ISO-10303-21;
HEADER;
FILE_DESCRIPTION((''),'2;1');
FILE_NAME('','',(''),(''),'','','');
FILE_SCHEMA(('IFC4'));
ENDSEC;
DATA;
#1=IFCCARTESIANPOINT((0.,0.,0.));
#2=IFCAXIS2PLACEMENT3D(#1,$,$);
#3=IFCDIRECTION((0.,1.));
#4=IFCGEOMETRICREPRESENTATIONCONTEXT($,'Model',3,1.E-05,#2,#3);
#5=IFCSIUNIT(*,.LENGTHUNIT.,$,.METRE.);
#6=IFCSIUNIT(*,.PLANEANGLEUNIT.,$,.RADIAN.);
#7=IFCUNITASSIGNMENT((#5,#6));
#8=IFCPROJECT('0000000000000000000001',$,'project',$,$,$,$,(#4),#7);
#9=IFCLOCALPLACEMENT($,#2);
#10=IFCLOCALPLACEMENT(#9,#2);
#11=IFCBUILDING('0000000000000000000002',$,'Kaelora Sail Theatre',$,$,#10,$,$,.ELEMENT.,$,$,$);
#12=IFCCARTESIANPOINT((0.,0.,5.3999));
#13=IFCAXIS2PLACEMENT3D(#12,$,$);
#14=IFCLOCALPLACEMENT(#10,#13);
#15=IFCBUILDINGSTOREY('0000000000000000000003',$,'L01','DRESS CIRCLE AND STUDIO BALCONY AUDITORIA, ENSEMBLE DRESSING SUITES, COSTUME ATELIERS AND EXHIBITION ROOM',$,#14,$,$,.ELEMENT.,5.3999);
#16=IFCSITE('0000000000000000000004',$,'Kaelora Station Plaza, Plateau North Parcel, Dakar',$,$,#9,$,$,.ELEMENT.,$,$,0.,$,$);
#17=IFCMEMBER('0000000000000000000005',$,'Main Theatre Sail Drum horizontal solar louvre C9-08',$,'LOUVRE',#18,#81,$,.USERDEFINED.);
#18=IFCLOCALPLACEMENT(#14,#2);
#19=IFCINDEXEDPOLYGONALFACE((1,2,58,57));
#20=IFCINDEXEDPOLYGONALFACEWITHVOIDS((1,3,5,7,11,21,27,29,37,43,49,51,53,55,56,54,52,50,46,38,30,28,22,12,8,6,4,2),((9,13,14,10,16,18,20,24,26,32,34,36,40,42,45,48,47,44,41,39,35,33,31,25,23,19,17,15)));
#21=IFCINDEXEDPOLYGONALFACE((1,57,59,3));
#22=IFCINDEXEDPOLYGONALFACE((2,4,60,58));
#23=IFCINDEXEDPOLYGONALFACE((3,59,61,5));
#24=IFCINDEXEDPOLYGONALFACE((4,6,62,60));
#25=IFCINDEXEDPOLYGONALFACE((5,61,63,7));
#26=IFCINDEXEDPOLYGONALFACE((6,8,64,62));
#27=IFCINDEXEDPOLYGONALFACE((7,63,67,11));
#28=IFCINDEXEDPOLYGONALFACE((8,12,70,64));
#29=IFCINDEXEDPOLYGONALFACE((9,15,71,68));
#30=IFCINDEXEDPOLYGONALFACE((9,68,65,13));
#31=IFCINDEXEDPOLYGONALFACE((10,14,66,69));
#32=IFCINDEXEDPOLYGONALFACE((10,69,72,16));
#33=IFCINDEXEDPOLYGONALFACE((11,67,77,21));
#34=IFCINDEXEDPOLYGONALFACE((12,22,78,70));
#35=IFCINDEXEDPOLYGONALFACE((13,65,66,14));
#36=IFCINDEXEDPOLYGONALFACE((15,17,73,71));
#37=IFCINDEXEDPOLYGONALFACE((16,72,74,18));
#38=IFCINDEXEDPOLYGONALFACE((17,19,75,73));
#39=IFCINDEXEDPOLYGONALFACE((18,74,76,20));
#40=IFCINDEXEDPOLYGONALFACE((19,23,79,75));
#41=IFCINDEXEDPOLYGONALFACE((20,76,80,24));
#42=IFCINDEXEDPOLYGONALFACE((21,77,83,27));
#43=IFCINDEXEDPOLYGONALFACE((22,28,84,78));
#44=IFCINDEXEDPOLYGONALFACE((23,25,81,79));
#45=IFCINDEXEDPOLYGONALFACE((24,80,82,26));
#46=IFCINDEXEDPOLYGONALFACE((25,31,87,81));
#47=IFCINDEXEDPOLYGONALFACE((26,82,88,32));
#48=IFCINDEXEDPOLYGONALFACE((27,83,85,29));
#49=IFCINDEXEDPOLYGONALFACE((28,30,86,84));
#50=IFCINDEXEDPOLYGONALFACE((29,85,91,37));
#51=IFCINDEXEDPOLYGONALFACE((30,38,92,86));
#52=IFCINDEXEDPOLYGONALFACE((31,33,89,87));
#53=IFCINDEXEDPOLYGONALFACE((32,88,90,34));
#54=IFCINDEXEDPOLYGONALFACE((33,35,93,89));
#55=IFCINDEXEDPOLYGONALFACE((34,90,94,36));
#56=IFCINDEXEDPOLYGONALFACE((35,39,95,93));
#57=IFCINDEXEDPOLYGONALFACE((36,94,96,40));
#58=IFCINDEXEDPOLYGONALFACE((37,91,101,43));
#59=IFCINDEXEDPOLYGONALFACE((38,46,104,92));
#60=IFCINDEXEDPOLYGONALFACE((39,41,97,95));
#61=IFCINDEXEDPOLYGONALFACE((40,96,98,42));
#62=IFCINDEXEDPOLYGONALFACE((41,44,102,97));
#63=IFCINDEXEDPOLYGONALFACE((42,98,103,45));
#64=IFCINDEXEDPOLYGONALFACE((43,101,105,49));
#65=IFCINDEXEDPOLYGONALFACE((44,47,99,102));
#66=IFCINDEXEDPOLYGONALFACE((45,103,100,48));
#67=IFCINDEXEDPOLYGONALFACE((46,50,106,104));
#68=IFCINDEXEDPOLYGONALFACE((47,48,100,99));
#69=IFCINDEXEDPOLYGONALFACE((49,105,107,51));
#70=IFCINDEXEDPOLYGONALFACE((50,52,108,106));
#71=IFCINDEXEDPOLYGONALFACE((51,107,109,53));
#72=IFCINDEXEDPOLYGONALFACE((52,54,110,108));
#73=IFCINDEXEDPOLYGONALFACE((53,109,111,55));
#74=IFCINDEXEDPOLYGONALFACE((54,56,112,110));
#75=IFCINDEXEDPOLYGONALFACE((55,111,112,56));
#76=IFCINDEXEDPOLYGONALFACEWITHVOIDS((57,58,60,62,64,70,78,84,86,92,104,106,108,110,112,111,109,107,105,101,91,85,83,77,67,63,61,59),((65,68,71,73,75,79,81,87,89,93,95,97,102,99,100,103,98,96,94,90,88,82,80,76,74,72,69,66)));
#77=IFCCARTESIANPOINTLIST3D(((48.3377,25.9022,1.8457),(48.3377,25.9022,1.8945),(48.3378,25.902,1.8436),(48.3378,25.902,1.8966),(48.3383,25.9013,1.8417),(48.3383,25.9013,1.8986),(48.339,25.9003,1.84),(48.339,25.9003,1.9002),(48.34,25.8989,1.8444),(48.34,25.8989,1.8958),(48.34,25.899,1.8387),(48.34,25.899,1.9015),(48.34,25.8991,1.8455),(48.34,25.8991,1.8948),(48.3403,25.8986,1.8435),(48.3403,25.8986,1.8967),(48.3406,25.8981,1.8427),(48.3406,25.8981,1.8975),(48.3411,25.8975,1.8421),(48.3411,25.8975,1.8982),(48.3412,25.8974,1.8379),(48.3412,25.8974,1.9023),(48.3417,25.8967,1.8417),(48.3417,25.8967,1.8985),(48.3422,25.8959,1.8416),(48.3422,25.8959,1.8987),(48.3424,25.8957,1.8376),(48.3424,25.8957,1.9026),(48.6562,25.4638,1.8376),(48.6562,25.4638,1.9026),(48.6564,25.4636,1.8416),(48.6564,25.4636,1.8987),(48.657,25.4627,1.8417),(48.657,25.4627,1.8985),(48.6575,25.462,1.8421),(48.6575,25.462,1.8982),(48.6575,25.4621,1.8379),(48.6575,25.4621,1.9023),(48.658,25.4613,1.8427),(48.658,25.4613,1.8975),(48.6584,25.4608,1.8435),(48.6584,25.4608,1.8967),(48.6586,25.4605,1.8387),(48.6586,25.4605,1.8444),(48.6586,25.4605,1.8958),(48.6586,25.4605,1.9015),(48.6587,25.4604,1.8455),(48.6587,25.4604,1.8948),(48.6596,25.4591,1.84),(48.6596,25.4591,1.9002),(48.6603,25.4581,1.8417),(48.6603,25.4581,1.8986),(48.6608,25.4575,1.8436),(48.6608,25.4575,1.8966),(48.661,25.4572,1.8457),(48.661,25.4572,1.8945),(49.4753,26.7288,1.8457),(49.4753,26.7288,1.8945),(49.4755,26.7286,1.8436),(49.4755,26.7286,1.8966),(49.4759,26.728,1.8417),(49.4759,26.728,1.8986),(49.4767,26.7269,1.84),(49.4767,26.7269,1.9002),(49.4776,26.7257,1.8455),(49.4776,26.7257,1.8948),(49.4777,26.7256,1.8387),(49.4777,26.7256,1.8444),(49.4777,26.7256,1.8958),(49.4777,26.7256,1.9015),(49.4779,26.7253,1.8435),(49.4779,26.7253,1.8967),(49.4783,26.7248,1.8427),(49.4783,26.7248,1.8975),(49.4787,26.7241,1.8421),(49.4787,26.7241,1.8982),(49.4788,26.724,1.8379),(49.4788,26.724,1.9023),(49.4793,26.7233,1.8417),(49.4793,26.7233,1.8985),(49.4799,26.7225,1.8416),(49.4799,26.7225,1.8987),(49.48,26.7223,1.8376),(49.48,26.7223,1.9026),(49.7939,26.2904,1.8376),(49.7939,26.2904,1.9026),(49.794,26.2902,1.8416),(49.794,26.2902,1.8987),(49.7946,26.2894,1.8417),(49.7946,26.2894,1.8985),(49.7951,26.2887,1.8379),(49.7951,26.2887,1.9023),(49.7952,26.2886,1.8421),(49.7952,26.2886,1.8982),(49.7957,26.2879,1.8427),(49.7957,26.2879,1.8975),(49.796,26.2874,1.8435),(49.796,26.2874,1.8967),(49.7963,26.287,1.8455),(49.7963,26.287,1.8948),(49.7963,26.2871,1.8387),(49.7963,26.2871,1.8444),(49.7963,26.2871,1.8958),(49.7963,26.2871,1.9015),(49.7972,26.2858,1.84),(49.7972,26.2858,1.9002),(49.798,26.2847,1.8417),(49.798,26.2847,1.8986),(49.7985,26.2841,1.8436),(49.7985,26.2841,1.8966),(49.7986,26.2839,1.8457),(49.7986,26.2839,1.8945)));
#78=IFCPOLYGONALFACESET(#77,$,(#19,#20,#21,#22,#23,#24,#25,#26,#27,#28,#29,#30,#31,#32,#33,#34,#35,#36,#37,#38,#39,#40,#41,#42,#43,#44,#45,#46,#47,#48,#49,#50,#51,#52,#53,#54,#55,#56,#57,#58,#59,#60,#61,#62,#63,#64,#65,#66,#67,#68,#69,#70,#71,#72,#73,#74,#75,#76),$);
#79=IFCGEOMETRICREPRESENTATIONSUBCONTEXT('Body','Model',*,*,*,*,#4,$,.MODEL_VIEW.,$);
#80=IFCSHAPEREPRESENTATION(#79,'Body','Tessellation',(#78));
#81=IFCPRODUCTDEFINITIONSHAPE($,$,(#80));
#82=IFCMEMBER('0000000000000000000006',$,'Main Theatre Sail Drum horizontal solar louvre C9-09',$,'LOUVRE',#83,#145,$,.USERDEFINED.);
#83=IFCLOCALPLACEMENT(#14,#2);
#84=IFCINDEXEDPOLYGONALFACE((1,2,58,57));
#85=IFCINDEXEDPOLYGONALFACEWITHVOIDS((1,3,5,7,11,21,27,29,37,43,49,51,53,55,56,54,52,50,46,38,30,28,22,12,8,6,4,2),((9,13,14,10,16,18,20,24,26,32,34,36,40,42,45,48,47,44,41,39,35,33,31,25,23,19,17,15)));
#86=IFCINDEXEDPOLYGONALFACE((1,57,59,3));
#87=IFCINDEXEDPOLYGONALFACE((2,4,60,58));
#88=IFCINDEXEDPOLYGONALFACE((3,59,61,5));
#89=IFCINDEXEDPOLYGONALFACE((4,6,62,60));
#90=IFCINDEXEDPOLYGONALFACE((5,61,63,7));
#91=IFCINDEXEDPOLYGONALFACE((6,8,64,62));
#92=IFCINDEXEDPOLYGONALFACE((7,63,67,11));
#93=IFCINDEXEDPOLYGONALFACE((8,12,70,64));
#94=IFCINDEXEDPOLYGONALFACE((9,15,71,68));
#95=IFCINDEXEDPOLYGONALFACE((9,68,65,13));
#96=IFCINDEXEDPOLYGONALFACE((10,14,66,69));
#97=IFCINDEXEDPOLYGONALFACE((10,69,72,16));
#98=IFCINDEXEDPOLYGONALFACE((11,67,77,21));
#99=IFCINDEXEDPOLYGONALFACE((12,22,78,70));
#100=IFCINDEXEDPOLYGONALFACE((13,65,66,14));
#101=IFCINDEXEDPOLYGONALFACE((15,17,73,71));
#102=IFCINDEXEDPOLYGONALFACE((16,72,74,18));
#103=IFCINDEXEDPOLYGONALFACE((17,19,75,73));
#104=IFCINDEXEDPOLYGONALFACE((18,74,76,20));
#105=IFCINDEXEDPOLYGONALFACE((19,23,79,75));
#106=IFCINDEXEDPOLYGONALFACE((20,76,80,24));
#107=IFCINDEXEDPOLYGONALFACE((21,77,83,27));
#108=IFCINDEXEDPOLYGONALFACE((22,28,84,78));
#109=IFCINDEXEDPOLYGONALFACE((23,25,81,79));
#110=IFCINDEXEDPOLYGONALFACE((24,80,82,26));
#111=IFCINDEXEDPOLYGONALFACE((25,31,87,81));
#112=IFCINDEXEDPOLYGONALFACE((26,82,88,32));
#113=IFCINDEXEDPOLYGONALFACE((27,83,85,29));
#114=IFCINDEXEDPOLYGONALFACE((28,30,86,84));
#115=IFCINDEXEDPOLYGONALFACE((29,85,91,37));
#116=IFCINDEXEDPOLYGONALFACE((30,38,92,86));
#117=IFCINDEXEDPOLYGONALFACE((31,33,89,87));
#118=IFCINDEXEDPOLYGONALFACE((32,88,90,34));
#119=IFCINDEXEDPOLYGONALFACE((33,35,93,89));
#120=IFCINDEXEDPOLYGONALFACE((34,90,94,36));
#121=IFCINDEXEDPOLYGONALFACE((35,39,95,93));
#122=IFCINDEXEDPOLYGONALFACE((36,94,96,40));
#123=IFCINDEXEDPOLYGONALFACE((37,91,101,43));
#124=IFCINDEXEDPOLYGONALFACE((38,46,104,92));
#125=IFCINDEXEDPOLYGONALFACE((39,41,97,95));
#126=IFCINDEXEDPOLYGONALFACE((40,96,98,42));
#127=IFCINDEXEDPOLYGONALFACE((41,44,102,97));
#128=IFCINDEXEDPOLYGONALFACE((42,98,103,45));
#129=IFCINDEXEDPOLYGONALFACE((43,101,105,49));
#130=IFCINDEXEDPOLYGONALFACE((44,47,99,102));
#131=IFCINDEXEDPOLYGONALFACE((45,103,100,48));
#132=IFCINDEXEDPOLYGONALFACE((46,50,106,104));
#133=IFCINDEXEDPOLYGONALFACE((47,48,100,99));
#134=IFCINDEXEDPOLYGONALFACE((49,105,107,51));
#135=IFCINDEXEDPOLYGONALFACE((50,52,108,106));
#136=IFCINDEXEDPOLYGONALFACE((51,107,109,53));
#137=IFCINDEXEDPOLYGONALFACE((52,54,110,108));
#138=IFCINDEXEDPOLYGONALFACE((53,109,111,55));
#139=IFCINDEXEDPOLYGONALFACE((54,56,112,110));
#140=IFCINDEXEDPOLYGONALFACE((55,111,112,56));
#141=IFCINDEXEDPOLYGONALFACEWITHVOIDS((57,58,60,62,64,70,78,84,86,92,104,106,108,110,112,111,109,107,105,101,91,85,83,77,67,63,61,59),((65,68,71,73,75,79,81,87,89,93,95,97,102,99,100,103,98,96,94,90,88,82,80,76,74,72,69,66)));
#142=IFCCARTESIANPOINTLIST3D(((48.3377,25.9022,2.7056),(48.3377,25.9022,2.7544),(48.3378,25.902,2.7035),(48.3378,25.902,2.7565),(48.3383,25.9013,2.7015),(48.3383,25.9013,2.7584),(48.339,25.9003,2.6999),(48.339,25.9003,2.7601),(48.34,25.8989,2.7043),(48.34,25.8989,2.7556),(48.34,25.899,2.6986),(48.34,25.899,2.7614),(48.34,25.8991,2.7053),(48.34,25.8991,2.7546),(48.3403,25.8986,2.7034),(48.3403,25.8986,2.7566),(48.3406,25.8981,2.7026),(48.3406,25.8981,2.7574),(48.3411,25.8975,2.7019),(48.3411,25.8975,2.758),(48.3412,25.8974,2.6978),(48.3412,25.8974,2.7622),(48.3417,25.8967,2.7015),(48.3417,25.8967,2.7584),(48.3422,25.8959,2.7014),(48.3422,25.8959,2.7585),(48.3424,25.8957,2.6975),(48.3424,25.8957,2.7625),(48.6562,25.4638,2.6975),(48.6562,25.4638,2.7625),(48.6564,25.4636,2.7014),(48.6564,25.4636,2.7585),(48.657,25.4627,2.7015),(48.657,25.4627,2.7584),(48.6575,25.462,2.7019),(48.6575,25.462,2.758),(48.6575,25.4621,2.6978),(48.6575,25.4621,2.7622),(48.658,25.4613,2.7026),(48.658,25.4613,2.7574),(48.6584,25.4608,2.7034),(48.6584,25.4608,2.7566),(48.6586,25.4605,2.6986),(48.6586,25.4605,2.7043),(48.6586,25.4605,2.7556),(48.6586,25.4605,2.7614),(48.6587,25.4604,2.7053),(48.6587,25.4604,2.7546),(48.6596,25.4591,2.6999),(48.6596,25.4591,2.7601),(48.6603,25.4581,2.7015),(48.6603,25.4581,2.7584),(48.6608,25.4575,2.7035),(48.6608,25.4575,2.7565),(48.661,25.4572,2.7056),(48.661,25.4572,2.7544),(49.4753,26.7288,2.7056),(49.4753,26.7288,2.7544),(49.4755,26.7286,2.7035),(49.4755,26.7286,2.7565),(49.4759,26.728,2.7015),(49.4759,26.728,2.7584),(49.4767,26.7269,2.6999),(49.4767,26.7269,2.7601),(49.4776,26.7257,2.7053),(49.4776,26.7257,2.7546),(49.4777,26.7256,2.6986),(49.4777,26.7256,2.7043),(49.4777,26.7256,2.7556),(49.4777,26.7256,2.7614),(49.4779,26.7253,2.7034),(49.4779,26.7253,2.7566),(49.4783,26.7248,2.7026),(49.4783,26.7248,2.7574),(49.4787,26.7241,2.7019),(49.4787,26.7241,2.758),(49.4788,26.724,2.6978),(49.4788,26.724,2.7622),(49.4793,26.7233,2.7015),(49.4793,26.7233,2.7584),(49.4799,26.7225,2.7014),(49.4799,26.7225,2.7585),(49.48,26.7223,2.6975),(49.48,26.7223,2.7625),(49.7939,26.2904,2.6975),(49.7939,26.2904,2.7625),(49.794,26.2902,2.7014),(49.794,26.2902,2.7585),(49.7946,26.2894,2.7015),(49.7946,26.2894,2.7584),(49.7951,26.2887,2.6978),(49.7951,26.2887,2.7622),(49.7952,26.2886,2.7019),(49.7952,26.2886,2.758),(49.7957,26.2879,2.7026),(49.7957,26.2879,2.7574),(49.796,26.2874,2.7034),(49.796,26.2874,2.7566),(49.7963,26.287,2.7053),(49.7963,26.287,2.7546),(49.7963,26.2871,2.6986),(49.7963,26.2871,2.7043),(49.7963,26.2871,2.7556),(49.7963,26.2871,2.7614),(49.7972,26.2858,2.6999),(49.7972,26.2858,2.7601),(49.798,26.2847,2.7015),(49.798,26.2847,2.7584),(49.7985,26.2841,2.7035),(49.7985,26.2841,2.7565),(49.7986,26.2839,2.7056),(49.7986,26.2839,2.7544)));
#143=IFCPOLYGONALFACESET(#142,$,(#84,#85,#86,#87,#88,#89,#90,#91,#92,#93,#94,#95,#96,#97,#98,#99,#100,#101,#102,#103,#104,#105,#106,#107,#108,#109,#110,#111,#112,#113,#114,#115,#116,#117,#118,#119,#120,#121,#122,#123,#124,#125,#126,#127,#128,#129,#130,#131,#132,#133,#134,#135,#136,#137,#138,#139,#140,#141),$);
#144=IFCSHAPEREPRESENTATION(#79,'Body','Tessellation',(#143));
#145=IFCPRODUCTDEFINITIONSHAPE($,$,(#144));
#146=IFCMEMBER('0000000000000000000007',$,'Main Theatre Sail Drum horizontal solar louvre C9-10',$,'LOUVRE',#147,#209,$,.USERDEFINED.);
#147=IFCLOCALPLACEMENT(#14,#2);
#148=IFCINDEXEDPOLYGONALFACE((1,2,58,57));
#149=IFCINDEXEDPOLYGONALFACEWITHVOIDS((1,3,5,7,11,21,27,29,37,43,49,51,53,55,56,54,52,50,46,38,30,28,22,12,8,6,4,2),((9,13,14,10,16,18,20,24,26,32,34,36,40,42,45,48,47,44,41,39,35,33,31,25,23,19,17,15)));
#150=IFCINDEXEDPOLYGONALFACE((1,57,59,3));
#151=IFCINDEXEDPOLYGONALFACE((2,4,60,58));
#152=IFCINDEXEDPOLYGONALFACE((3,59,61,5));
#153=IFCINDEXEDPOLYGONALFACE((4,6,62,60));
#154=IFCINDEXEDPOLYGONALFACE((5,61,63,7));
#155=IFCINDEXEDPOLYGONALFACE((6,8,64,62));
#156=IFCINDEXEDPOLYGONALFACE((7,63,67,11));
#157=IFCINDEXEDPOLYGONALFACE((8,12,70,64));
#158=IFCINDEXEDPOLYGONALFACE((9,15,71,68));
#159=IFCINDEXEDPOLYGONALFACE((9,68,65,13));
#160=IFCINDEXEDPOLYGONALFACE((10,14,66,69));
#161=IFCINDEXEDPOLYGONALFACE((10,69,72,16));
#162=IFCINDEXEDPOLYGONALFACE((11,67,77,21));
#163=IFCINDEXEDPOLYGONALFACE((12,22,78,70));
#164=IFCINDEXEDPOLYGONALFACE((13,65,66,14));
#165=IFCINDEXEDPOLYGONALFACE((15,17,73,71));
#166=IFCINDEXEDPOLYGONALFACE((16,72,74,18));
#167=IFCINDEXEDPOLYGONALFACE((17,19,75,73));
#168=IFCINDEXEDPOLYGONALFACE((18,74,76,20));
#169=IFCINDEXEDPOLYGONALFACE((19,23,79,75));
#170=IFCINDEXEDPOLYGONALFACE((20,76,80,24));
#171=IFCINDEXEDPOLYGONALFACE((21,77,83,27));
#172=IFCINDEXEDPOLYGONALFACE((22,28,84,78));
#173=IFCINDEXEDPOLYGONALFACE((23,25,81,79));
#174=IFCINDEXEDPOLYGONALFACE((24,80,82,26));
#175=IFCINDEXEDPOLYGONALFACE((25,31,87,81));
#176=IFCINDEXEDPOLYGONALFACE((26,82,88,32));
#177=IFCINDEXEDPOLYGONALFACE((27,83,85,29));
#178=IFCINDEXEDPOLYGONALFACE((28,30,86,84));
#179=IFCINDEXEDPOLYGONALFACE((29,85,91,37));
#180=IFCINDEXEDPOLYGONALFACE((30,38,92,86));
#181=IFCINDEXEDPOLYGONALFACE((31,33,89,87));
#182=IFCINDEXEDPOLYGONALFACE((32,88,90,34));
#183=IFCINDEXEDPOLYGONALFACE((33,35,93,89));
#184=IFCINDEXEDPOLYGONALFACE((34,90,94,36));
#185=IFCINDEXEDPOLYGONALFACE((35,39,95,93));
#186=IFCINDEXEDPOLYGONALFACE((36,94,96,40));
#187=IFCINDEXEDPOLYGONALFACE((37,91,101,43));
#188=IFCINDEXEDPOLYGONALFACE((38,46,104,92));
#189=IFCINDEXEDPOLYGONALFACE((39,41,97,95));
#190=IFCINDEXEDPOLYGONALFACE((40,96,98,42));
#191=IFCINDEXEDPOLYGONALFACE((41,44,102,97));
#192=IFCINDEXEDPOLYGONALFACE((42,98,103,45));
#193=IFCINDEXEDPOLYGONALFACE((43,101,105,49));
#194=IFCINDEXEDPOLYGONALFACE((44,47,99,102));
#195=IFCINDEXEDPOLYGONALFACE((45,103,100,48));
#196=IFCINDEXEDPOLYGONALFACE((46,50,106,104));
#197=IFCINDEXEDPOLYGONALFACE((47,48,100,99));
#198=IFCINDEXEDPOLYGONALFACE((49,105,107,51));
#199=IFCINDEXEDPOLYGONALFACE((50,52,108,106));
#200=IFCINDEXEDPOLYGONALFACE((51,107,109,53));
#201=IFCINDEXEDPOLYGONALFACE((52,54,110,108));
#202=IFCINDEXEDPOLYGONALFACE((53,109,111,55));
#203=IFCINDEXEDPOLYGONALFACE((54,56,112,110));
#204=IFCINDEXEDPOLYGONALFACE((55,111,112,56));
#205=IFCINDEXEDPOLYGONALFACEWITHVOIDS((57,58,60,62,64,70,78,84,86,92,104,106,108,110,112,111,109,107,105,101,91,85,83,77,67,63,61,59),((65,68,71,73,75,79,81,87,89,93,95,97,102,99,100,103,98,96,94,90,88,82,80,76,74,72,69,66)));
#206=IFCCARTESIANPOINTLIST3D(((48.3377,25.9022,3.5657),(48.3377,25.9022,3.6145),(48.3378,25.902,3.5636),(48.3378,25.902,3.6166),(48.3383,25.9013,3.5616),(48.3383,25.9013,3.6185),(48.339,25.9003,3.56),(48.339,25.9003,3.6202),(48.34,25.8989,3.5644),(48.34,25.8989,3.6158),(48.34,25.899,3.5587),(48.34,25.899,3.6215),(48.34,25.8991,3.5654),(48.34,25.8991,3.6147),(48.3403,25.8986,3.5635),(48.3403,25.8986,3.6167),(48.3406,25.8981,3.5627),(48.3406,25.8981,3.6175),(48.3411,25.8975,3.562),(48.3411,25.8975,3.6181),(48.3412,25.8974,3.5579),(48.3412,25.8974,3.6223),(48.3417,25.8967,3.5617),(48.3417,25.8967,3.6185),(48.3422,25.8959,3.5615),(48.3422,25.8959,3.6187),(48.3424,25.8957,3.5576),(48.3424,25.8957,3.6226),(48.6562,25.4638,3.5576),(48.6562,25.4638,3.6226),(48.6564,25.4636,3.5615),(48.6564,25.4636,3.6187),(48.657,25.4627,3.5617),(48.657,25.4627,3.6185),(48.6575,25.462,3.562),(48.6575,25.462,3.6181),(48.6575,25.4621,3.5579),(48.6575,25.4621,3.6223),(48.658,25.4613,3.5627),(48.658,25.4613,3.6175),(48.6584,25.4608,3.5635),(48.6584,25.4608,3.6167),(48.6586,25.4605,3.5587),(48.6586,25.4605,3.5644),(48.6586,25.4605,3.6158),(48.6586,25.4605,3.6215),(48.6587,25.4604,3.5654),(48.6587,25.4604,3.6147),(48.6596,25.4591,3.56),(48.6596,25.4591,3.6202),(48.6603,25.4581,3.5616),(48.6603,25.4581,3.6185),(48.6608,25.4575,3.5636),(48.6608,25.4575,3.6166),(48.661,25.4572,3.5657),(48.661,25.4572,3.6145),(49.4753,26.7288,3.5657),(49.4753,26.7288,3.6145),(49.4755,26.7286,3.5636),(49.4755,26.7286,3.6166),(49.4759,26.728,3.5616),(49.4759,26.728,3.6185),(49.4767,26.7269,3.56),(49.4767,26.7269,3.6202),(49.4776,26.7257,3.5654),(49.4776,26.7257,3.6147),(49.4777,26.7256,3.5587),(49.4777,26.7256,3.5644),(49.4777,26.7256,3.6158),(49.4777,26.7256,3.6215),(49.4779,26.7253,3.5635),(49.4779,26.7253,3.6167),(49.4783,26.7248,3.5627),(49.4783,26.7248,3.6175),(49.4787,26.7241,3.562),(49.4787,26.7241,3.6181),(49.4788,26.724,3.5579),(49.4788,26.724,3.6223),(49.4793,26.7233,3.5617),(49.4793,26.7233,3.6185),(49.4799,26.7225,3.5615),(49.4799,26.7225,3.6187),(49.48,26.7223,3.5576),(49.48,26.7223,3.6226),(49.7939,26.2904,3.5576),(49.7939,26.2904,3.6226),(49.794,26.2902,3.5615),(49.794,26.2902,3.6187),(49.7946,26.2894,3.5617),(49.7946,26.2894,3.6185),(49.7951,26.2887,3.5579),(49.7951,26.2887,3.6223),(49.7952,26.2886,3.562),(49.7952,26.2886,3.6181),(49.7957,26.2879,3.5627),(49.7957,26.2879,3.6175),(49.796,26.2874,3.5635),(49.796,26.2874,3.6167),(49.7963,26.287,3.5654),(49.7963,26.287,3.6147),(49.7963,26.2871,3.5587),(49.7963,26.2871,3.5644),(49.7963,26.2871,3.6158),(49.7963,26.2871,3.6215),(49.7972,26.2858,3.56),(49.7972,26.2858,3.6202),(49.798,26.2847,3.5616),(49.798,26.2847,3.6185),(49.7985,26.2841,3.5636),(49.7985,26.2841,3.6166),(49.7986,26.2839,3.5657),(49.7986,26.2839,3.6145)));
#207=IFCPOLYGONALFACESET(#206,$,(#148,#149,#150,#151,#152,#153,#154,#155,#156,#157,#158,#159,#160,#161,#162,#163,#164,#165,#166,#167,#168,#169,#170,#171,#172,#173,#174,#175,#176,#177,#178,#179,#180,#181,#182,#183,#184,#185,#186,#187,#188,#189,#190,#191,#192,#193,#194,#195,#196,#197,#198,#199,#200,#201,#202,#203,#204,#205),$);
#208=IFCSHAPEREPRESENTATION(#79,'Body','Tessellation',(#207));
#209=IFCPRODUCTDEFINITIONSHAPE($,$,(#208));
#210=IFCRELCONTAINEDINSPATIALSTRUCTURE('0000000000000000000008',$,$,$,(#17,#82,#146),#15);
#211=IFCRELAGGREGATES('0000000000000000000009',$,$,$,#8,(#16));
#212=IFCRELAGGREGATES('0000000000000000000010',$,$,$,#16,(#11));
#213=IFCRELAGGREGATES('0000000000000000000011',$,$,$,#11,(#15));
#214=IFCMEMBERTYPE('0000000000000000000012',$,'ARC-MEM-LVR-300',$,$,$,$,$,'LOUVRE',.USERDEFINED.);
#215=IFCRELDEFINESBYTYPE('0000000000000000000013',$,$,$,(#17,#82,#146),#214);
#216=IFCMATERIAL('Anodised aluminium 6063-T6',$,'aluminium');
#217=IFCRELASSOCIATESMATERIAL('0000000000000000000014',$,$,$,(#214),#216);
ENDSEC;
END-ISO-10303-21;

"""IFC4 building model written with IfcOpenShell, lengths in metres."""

from ifc_helpers import new_model, si_unit, direction, frame, origin, origin_2d, place, context, subcontext, project, spatial, hollow_rectangle, extrude, material, material_profile, profile_set, type_object, element, save


model = new_model("IFC4")

# Units and contexts
model_context = context("Model", 3, precision=1e-05, world=origin(), true_north=direction((0.0, 1.0)))
body_context = subcontext(model_context, "Body", "Model", "MODEL_VIEW")
ifc_project = project(units=[si_unit("LENGTHUNIT", "METRE"), si_unit("PLANEANGLEUNIT", "RADIAN")], contexts=[model_context])

# Site, building, storey
site_placement = place(None, origin())
site = spatial("IfcSite", under=ifc_project, at=site_placement, Name="Kaelora Station Plaza, Plateau North Parcel, Dakar", CompositionType="ELEMENT", RefElevation=0.0)
building_placement = place(site_placement, origin())
building = spatial("IfcBuilding", under=site, at=building_placement, Name="Kaelora Sail Theatre", CompositionType="ELEMENT")
storey_placement = place(building_placement, frame((0.0, 0.0, 5.3999)))
storey = spatial("IfcBuildingStorey", under=building, at=storey_placement, Name="L01", Description="DRESS CIRCLE AND STUDIO BALCONY AUDITORIA, ENSEMBLE DRESSING SUITES, COSTUME ATELIERS AND EXHIBITION ROOM", CompositionType="ELEMENT", Elevation=5.3999)

# Members
ifc_material_1 = material(Name="Anodised aluminium 6063-T6", Category="aluminium")
ifc_material_profile_1 = material_profile(ifc_material_1, hollow_rectangle(XDim=0.55, YDim=0.0649, WallThickness=0.0039, InnerFilletRadius=0.0039, OuterFilletRadius=0.0081, at=origin_2d()), Name="LOUVRE 550x65x4")
ifc_profile_set_1 = profile_set([ifc_material_profile_1], Name="Anodised aluminium 6063-T6")
member_type = type_object("IfcMemberType", Name="ARC-MEM-LVR-300", ElementType="LOUVRE", PredefinedType="USERDEFINED", material=ifc_profile_set_1)
for number, where, z_axis, x_axis, name in (
    (1, (49.637, 26.5063, 1.8701), (-0.808991, -0.587821, 0.0), (0.587821, -0.808991, 0.0), "Main Theatre Sail Drum horizontal solar louvre C9-08"),
    (2, (49.637, 26.5063, 2.73), (-0.808991, -0.587821, 0.0), (0.587821, -0.808991, 0.0), "Main Theatre Sail Drum horizontal solar louvre C9-09"),
    (3, (49.637, 26.5063, 3.5901), (-0.808991, -0.587821, 0.0), (0.587821, -0.808991, 0.0), "Main Theatre Sail Drum horizontal solar louvre C9-10"),
):
    element("IfcMember", number, at=place(storey_placement, frame(where, z_axis=z_axis, x_axis=x_axis)), inside=storey, type_object=member_type, Name=name, ObjectType="LOUVRE", PredefinedType="USERDEFINED", context=body_context, shape_type="SweptSolid", body=[
        extrude(hollow_rectangle(XDim=0.55, YDim=0.0649, WallThickness=0.0039, InnerFilletRadius=0.0039, OuterFilletRadius=0.0081, at=origin_2d()), origin(), (0.0, 0.0, 1.0), 1.4062),
    ])

save(model, "model.ifc")
